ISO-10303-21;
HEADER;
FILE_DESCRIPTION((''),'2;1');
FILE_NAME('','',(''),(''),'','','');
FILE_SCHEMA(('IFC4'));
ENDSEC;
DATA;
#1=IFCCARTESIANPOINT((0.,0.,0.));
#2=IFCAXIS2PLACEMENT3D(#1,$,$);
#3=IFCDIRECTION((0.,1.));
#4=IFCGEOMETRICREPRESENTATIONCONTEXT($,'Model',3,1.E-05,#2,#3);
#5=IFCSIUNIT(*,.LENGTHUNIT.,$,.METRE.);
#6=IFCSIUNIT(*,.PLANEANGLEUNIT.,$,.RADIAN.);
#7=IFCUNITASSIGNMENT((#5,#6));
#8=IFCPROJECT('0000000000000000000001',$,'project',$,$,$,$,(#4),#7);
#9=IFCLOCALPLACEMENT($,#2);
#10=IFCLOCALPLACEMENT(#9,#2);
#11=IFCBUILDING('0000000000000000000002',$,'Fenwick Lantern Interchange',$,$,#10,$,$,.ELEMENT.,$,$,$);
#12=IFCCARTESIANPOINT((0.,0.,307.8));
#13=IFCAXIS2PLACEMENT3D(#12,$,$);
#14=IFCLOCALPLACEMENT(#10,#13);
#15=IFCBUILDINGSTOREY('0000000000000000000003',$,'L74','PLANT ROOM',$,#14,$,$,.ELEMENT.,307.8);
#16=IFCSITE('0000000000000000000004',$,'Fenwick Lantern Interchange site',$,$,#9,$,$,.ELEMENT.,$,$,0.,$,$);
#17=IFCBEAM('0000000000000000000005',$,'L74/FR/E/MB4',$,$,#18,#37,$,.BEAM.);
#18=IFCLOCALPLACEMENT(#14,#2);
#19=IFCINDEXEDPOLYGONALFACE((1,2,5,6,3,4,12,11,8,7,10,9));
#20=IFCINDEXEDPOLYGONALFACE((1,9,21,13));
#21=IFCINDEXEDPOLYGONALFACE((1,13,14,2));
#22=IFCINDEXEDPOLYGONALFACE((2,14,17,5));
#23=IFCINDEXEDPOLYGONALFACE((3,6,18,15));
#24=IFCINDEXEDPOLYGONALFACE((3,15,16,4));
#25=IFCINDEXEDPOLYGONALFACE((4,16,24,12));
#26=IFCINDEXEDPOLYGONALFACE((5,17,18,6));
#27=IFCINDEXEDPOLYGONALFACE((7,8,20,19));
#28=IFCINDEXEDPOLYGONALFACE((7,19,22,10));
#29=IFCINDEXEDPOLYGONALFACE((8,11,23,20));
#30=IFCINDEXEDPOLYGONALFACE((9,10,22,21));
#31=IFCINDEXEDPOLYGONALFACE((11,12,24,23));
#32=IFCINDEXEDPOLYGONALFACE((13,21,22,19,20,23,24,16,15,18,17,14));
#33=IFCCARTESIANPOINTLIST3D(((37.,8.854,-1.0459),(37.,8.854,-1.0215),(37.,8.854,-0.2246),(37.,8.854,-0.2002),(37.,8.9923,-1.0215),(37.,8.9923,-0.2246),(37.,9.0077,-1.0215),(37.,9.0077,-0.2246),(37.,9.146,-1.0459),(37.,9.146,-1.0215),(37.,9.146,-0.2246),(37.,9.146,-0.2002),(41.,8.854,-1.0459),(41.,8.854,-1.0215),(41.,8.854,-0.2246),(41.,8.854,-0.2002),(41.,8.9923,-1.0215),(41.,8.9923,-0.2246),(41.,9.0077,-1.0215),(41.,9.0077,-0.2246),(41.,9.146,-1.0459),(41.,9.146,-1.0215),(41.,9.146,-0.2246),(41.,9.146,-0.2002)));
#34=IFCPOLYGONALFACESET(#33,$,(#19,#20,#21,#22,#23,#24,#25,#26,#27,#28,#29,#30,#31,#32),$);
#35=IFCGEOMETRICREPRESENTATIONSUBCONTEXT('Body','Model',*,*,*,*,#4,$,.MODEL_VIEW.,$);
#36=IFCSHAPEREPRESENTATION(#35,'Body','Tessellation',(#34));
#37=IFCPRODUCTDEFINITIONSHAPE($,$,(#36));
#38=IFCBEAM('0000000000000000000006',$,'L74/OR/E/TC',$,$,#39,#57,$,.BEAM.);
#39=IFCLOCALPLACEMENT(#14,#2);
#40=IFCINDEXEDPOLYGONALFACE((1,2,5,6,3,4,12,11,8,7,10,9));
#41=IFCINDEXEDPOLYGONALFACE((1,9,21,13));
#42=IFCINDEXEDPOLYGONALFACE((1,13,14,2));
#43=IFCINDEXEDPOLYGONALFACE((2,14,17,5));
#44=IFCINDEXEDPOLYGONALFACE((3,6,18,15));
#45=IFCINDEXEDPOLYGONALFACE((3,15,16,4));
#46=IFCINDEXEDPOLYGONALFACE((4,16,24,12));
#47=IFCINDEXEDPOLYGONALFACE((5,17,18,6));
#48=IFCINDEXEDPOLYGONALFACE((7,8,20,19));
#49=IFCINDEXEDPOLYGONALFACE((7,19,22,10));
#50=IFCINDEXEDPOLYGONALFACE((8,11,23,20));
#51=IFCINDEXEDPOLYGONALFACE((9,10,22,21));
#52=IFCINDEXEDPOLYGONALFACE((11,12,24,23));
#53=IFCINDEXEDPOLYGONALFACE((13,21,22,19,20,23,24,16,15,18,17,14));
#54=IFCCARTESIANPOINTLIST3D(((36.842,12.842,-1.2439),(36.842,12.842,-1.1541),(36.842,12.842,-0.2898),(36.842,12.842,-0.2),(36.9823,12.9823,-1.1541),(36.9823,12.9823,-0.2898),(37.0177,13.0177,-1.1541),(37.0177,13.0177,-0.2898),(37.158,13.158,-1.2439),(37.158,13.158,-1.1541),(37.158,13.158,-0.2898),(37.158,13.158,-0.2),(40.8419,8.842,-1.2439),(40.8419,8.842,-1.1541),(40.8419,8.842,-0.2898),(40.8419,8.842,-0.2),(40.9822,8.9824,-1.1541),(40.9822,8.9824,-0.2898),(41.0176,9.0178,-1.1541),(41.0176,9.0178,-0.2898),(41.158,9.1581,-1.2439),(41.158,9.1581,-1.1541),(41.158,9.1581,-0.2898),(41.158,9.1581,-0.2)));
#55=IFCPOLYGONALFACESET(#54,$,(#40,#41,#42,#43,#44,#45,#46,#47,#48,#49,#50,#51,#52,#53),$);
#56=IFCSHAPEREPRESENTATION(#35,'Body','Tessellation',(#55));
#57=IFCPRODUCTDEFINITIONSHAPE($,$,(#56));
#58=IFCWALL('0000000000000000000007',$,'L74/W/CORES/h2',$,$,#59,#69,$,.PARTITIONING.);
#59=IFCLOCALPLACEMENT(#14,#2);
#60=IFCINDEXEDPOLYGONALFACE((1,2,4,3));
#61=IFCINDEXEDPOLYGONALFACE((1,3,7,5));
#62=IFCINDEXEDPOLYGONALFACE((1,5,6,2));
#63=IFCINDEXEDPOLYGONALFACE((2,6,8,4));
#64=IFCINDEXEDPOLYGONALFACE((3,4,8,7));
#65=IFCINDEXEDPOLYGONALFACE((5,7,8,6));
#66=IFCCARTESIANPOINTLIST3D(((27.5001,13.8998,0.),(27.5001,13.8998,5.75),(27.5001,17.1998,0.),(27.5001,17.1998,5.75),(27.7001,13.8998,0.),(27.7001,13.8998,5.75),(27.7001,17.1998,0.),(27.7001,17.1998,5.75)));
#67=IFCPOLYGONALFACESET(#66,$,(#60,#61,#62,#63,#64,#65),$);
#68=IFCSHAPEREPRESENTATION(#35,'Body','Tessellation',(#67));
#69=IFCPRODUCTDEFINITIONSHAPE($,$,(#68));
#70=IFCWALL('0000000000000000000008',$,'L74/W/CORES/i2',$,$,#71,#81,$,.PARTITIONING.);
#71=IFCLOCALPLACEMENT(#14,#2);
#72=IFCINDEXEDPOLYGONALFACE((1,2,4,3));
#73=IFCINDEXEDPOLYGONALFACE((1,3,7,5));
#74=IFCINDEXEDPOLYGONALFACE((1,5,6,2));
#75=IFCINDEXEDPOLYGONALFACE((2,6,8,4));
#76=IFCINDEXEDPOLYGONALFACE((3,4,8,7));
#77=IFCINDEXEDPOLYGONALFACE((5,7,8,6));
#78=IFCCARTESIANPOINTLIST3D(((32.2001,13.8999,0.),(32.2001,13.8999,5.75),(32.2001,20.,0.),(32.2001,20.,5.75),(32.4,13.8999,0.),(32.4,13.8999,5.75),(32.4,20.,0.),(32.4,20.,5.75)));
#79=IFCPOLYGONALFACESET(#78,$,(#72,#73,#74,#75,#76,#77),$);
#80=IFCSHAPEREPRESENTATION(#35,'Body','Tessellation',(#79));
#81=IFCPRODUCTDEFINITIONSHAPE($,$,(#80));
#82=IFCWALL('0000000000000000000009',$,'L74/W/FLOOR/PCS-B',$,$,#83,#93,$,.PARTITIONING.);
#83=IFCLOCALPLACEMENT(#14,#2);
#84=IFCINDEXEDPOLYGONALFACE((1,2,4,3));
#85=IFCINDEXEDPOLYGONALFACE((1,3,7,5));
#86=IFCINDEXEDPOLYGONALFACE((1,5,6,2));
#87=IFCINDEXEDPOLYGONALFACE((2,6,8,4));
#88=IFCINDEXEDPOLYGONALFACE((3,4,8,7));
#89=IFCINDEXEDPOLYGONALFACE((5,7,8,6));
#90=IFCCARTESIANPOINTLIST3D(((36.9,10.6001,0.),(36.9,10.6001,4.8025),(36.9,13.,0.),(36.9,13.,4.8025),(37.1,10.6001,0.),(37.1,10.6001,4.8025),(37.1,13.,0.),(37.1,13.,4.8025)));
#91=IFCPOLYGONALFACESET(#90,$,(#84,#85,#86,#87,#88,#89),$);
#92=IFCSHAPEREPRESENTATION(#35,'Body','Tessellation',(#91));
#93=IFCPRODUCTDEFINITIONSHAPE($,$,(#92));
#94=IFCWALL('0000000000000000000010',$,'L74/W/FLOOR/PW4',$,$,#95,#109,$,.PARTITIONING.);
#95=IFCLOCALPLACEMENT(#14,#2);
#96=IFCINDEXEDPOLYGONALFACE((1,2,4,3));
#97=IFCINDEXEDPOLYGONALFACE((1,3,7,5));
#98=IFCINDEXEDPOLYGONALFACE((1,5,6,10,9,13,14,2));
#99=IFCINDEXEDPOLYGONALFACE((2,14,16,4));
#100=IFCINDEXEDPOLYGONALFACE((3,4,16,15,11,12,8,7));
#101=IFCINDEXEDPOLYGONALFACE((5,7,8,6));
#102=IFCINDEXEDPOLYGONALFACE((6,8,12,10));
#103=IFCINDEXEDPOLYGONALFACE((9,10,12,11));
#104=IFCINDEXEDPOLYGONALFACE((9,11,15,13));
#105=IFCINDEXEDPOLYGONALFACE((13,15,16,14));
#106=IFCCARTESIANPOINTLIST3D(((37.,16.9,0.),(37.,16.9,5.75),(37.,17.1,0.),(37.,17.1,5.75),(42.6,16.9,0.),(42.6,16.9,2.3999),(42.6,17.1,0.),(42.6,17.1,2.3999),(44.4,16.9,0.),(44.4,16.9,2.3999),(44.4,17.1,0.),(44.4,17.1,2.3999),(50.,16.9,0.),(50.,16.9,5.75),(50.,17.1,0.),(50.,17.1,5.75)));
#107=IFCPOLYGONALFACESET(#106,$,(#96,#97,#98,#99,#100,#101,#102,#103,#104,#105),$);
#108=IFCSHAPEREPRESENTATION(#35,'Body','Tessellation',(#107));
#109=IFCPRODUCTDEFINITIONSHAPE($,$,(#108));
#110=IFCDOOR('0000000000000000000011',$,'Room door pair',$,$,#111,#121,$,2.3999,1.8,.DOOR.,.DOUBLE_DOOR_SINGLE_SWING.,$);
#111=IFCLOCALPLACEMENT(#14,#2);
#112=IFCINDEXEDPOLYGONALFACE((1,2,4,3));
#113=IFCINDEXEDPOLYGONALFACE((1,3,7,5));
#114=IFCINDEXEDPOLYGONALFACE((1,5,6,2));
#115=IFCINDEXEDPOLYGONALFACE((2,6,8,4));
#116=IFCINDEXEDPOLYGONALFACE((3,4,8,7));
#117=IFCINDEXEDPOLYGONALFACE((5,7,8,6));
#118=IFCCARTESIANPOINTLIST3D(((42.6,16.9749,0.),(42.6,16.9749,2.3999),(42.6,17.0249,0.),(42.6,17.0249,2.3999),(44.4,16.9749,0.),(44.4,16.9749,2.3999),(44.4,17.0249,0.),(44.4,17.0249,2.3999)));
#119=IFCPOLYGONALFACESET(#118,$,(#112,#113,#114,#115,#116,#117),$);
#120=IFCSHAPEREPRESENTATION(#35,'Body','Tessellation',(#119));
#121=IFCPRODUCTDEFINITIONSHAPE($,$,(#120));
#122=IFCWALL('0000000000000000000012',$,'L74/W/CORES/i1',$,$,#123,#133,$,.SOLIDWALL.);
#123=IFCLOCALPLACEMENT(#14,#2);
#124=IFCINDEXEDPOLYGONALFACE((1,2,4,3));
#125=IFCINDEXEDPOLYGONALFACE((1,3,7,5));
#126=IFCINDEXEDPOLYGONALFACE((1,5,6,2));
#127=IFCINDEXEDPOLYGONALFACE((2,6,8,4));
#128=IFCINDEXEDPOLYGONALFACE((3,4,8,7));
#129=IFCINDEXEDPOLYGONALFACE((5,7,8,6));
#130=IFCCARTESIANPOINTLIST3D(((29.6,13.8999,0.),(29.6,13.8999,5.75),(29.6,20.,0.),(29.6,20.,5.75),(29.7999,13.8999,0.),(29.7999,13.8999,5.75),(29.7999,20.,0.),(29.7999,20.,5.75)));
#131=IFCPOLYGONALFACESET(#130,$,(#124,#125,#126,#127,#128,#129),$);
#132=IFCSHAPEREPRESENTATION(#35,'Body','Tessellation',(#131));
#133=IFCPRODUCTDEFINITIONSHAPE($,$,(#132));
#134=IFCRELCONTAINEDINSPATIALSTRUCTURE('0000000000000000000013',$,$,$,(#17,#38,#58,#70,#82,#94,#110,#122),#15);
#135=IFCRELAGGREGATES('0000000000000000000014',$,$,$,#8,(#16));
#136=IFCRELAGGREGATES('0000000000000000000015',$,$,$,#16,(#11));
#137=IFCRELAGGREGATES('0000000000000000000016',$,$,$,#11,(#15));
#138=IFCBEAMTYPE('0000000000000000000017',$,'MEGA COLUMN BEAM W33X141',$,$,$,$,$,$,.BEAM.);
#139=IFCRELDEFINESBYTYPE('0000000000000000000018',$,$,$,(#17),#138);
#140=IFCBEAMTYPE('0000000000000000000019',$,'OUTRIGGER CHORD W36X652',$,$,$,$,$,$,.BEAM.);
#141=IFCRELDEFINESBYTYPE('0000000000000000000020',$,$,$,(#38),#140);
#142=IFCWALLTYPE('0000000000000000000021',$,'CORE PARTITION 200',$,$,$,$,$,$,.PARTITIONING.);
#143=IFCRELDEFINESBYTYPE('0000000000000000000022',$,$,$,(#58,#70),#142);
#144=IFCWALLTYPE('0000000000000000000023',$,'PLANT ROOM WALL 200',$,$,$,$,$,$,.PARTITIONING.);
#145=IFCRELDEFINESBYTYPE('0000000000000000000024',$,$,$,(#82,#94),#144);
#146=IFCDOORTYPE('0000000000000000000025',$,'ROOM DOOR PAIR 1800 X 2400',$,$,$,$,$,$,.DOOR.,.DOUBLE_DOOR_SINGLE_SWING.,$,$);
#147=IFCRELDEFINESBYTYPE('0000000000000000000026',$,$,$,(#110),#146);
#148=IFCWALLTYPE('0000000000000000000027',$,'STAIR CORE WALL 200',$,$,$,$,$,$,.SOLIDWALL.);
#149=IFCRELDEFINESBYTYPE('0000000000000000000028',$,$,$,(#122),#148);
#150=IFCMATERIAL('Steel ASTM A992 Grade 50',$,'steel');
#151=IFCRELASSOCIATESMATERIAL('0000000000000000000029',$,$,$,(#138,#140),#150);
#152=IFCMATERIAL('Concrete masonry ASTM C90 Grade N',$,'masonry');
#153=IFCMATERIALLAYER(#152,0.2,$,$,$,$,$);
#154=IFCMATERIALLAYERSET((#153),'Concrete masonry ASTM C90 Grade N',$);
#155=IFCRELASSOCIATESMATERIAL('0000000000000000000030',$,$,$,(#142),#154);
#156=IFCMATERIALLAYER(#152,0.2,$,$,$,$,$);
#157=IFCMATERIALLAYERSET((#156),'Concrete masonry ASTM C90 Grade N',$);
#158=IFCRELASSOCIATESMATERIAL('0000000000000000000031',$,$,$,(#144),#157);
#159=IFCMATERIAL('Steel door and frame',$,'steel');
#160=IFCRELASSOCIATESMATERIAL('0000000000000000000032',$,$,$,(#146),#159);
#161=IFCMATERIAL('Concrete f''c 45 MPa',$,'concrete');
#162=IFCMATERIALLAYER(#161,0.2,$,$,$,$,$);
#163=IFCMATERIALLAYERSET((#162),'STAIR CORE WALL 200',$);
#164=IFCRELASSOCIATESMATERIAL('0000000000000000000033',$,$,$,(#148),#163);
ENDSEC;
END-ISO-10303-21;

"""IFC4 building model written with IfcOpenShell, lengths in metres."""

from ifc_helpers import new_model, si_unit, direction, frame, frame_2d, origin, origin_2d, place, context, subcontext, project, spatial, rectangle, i_section, extrude, material, layer, layer_set, material_profile, profile_set, type_object, element, fill, save


model = new_model("IFC4")

# Units and contexts
model_context = context("Model", 3, precision=1e-05, world=origin(), true_north=direction((0.0, 1.0)))
body_context = subcontext(model_context, "Body", "Model", "MODEL_VIEW")
ifc_project = project(units=[si_unit("LENGTHUNIT", "METRE"), si_unit("PLANEANGLEUNIT", "RADIAN")], contexts=[model_context])

# Site, building, storey
site_placement = place(None, origin())
site = spatial("IfcSite", under=ifc_project, at=site_placement, Name="Fenwick Lantern Interchange site", CompositionType="ELEMENT", RefElevation=0.0)
building_placement = place(site_placement, origin())
building = spatial("IfcBuilding", under=site, at=building_placement, Name="Fenwick Lantern Interchange", CompositionType="ELEMENT")
storey_placement = place(building_placement, frame((0.0, 0.0, 307.8)))
storey = spatial("IfcBuildingStorey", under=building, at=storey_placement, Name="L74", Description="PLANT ROOM", CompositionType="ELEMENT", Elevation=307.8)

# Beams
ifc_material_1 = material(Name="Steel ASTM A992 Grade 50", Category="steel")
ifc_material_profile_1 = material_profile(ifc_material_1, i_section(OverallWidth=0.292, OverallDepth=0.8457, WebThickness=0.0154, FlangeThickness=0.0244, at=origin_2d()), Name="W33X141")
ifc_profile_set_1 = profile_set([ifc_material_profile_1], Name="Steel ASTM A992 Grade 50")
beam_type_1 = type_object("IfcBeamType", Name="MEGA COLUMN BEAM W33X141", PredefinedType="BEAM", material=ifc_profile_set_1)
for number, where, z_axis, x_axis, name in (
    (1, (41.0, 9.0, -0.623), (-1.0, 0.0, 0.0), (0.0, -1.0, 0.0), "L74/FR/E/MB4"),
):
    element("IfcBeam", number, at=place(storey_placement, frame(where, z_axis=z_axis, x_axis=x_axis)), inside=storey, type_object=beam_type_1, Name=name, PredefinedType="BEAM", context=body_context, shape_type="SweptSolid", body=[
        extrude(i_section(OverallWidth=0.292, OverallDepth=0.8457, WebThickness=0.0154, FlangeThickness=0.0244, at=origin_2d()), origin(), (0.0, 0.0, 1.0), 4.0),
    ])
ifc_material_profile_2 = material_profile(ifc_material_1, i_section(OverallWidth=0.447, OverallDepth=1.0439, WebThickness=0.05, FlangeThickness=0.0898, at=origin_2d()), Name="W36X652")
ifc_profile_set_2 = profile_set([ifc_material_profile_2], Name="Steel ASTM A992 Grade 50")
beam_type_2 = type_object("IfcBeamType", Name="OUTRIGGER CHORD W36X652", PredefinedType="BEAM", material=ifc_profile_set_2)
beam_1_placement = place(storey_placement, frame((37.0, 13.0, -0.7219), z_axis=(0.707107, -0.707107, 0.0), x_axis=(0.707107, 0.707107, 0.0)))
element("IfcBeam", 2, at=beam_1_placement, inside=storey, type_object=beam_type_2, Name="L74/OR/E/TC", PredefinedType="BEAM", context=body_context, shape_type="SweptSolid", body=[
    extrude(i_section(OverallWidth=0.447, OverallDepth=1.0439, WebThickness=0.05, FlangeThickness=0.0898, at=origin_2d()), origin(), (0.0, 0.0, 1.0), 5.6567),
])

# Walls
ifc_material_2 = material(Name="Concrete masonry ASTM C90 Grade N", Category="masonry")
ifc_layer_1 = layer(ifc_material_2, 0.2)
ifc_layer_set_1 = layer_set([ifc_layer_1], Name="Concrete masonry ASTM C90 Grade N")
wall_type_1 = type_object("IfcWallType", Name="CORE PARTITION 200", PredefinedType="PARTITIONING", material=ifc_layer_set_1)
wall_1_placement = place(storey_placement, frame((27.6001, 13.8999, 0.0), z_axis=(0.0, 0.0, 1.0), x_axis=(0.0, 1.0, 0.0)))
element("IfcWall", 3, at=wall_1_placement, inside=storey, type_object=wall_type_1, Name="L74/W/CORES/h2", PredefinedType="PARTITIONING", context=body_context, shape_type="SweptSolid", body=[
    extrude(rectangle(XDim=3.3, YDim=0.2, at=frame_2d((1.6499, 0.0))), origin(), (0.0, 0.0, 1.0), 5.75),
])
wall_2_placement = place(storey_placement, frame((32.3, 13.8999, 0.0), z_axis=(0.0, 0.0, 1.0), x_axis=(0.0, 1.0, 0.0)))
element("IfcWall", 4, at=wall_2_placement, inside=storey, type_object=wall_type_1, Name="L74/W/CORES/i2", PredefinedType="PARTITIONING", context=body_context, shape_type="SweptSolid", body=[
    extrude(rectangle(XDim=6.1001, YDim=0.2, at=frame_2d((3.05, 0.0))), origin(), (0.0, 0.0, 1.0), 5.75),
])

# Shared definitions
ifc_material_3 = material(Name="Steel door and frame", Category="steel")

# Wall
ifc_layer_2 = layer(ifc_material_2, 0.2)
ifc_layer_set_2 = layer_set([ifc_layer_2], Name="Concrete masonry ASTM C90 Grade N")
wall_type_2 = type_object("IfcWallType", Name="PLANT ROOM WALL 200", PredefinedType="PARTITIONING", material=ifc_layer_set_2)
wall_3_placement = place(storey_placement, frame((37.0, 10.6001, 0.0), z_axis=(0.0, 0.0, 1.0), x_axis=(0.0, 1.0, 0.0)))
element("IfcWall", 5, at=wall_3_placement, inside=storey, type_object=wall_type_2, Name="L74/W/FLOOR/PCS-B", PredefinedType="PARTITIONING", context=body_context, shape_type="SweptSolid", body=[
    extrude(rectangle(XDim=2.3999, YDim=0.2, at=frame_2d((1.2, 0.0))), origin(), (0.0, 0.0, 1.0), 4.8025),
])

# Wall, opening, door
wall_4_placement = place(storey_placement, frame((37.0, 17.0, 0.0), z_axis=(0.0, 0.0, 1.0), x_axis=(1.0, 0.0, 0.0)))
wall_4 = element("IfcWall", 6, at=wall_4_placement, inside=storey, type_object=wall_type_2, Name="L74/W/FLOOR/PW4", PredefinedType="PARTITIONING", context=body_context, shape_type="SweptSolid", body=[
    extrude(rectangle(XDim=13.0, YDim=0.2, at=frame_2d((6.5, 0.0))), origin(), (0.0, 0.0, 1.0), 5.75),
])
opening_1_placement = place(wall_4_placement, frame((5.6001, 0.0, 0.0)))
opening_1 = element("IfcOpeningElement", 7, at=opening_1_placement, cuts=wall_4, PredefinedType="OPENING", context=body_context, shape_type="SweptSolid", body=[
    extrude(rectangle(XDim=1.8, YDim=2.3999, at=frame_2d((0.8999, 1.2))), frame((0.0, 0.1099, 0.0), z_axis=(0.0, -1.0, 0.0), x_axis=(1.0, 0.0, 0.0)), (0.0, 0.0, 1.0), 0.22),
])
door_type_1 = type_object("IfcDoorType", Name="ROOM DOOR PAIR 1800 X 2400", OperationType="DOUBLE_DOOR_SINGLE_SWING", PredefinedType="DOOR", material=ifc_material_3)
door_1_placement = place(opening_1_placement, origin())
door_1 = element("IfcDoor", 8, at=door_1_placement, inside=storey, type_object=door_type_1, Name="Room door pair", OperationType="DOUBLE_DOOR_SINGLE_SWING", OverallHeight=2.3999, OverallWidth=1.8, PredefinedType="DOOR", context=body_context, shape_type="SweptSolid", body=[
    extrude(rectangle(XDim=1.8, YDim=2.3999, at=frame_2d((0.8999, 1.2))), frame((0.0, 0.0249, 0.0), z_axis=(0.0, -1.0, 0.0), x_axis=(1.0, 0.0, 0.0)), (0.0, 0.0, 1.0), 0.05),
])
fill(opening_1, door_1)

# Wall
ifc_material_4 = material(Name="Concrete f'c 45 MPa", Category="concrete")
ifc_layer_3 = layer(ifc_material_4, 0.2)
ifc_layer_set_3 = layer_set([ifc_layer_3], Name="STAIR CORE WALL 200")
wall_type_3 = type_object("IfcWallType", Name="STAIR CORE WALL 200", PredefinedType="SOLIDWALL", material=ifc_layer_set_3)
wall_5_placement = place(storey_placement, frame((29.7, 13.8999, 0.0), z_axis=(0.0, 0.0, 1.0), x_axis=(0.0, 1.0, 0.0)))
element("IfcWall", 9, at=wall_5_placement, inside=storey, type_object=wall_type_3, Name="L74/W/CORES/i1", PredefinedType="SOLIDWALL", context=body_context, shape_type="SweptSolid", body=[
    extrude(rectangle(XDim=6.1001, YDim=0.2, at=frame_2d((3.05, 0.0))), origin(), (0.0, 0.0, 1.0), 5.75),
])

save(model, "model.ifc")
